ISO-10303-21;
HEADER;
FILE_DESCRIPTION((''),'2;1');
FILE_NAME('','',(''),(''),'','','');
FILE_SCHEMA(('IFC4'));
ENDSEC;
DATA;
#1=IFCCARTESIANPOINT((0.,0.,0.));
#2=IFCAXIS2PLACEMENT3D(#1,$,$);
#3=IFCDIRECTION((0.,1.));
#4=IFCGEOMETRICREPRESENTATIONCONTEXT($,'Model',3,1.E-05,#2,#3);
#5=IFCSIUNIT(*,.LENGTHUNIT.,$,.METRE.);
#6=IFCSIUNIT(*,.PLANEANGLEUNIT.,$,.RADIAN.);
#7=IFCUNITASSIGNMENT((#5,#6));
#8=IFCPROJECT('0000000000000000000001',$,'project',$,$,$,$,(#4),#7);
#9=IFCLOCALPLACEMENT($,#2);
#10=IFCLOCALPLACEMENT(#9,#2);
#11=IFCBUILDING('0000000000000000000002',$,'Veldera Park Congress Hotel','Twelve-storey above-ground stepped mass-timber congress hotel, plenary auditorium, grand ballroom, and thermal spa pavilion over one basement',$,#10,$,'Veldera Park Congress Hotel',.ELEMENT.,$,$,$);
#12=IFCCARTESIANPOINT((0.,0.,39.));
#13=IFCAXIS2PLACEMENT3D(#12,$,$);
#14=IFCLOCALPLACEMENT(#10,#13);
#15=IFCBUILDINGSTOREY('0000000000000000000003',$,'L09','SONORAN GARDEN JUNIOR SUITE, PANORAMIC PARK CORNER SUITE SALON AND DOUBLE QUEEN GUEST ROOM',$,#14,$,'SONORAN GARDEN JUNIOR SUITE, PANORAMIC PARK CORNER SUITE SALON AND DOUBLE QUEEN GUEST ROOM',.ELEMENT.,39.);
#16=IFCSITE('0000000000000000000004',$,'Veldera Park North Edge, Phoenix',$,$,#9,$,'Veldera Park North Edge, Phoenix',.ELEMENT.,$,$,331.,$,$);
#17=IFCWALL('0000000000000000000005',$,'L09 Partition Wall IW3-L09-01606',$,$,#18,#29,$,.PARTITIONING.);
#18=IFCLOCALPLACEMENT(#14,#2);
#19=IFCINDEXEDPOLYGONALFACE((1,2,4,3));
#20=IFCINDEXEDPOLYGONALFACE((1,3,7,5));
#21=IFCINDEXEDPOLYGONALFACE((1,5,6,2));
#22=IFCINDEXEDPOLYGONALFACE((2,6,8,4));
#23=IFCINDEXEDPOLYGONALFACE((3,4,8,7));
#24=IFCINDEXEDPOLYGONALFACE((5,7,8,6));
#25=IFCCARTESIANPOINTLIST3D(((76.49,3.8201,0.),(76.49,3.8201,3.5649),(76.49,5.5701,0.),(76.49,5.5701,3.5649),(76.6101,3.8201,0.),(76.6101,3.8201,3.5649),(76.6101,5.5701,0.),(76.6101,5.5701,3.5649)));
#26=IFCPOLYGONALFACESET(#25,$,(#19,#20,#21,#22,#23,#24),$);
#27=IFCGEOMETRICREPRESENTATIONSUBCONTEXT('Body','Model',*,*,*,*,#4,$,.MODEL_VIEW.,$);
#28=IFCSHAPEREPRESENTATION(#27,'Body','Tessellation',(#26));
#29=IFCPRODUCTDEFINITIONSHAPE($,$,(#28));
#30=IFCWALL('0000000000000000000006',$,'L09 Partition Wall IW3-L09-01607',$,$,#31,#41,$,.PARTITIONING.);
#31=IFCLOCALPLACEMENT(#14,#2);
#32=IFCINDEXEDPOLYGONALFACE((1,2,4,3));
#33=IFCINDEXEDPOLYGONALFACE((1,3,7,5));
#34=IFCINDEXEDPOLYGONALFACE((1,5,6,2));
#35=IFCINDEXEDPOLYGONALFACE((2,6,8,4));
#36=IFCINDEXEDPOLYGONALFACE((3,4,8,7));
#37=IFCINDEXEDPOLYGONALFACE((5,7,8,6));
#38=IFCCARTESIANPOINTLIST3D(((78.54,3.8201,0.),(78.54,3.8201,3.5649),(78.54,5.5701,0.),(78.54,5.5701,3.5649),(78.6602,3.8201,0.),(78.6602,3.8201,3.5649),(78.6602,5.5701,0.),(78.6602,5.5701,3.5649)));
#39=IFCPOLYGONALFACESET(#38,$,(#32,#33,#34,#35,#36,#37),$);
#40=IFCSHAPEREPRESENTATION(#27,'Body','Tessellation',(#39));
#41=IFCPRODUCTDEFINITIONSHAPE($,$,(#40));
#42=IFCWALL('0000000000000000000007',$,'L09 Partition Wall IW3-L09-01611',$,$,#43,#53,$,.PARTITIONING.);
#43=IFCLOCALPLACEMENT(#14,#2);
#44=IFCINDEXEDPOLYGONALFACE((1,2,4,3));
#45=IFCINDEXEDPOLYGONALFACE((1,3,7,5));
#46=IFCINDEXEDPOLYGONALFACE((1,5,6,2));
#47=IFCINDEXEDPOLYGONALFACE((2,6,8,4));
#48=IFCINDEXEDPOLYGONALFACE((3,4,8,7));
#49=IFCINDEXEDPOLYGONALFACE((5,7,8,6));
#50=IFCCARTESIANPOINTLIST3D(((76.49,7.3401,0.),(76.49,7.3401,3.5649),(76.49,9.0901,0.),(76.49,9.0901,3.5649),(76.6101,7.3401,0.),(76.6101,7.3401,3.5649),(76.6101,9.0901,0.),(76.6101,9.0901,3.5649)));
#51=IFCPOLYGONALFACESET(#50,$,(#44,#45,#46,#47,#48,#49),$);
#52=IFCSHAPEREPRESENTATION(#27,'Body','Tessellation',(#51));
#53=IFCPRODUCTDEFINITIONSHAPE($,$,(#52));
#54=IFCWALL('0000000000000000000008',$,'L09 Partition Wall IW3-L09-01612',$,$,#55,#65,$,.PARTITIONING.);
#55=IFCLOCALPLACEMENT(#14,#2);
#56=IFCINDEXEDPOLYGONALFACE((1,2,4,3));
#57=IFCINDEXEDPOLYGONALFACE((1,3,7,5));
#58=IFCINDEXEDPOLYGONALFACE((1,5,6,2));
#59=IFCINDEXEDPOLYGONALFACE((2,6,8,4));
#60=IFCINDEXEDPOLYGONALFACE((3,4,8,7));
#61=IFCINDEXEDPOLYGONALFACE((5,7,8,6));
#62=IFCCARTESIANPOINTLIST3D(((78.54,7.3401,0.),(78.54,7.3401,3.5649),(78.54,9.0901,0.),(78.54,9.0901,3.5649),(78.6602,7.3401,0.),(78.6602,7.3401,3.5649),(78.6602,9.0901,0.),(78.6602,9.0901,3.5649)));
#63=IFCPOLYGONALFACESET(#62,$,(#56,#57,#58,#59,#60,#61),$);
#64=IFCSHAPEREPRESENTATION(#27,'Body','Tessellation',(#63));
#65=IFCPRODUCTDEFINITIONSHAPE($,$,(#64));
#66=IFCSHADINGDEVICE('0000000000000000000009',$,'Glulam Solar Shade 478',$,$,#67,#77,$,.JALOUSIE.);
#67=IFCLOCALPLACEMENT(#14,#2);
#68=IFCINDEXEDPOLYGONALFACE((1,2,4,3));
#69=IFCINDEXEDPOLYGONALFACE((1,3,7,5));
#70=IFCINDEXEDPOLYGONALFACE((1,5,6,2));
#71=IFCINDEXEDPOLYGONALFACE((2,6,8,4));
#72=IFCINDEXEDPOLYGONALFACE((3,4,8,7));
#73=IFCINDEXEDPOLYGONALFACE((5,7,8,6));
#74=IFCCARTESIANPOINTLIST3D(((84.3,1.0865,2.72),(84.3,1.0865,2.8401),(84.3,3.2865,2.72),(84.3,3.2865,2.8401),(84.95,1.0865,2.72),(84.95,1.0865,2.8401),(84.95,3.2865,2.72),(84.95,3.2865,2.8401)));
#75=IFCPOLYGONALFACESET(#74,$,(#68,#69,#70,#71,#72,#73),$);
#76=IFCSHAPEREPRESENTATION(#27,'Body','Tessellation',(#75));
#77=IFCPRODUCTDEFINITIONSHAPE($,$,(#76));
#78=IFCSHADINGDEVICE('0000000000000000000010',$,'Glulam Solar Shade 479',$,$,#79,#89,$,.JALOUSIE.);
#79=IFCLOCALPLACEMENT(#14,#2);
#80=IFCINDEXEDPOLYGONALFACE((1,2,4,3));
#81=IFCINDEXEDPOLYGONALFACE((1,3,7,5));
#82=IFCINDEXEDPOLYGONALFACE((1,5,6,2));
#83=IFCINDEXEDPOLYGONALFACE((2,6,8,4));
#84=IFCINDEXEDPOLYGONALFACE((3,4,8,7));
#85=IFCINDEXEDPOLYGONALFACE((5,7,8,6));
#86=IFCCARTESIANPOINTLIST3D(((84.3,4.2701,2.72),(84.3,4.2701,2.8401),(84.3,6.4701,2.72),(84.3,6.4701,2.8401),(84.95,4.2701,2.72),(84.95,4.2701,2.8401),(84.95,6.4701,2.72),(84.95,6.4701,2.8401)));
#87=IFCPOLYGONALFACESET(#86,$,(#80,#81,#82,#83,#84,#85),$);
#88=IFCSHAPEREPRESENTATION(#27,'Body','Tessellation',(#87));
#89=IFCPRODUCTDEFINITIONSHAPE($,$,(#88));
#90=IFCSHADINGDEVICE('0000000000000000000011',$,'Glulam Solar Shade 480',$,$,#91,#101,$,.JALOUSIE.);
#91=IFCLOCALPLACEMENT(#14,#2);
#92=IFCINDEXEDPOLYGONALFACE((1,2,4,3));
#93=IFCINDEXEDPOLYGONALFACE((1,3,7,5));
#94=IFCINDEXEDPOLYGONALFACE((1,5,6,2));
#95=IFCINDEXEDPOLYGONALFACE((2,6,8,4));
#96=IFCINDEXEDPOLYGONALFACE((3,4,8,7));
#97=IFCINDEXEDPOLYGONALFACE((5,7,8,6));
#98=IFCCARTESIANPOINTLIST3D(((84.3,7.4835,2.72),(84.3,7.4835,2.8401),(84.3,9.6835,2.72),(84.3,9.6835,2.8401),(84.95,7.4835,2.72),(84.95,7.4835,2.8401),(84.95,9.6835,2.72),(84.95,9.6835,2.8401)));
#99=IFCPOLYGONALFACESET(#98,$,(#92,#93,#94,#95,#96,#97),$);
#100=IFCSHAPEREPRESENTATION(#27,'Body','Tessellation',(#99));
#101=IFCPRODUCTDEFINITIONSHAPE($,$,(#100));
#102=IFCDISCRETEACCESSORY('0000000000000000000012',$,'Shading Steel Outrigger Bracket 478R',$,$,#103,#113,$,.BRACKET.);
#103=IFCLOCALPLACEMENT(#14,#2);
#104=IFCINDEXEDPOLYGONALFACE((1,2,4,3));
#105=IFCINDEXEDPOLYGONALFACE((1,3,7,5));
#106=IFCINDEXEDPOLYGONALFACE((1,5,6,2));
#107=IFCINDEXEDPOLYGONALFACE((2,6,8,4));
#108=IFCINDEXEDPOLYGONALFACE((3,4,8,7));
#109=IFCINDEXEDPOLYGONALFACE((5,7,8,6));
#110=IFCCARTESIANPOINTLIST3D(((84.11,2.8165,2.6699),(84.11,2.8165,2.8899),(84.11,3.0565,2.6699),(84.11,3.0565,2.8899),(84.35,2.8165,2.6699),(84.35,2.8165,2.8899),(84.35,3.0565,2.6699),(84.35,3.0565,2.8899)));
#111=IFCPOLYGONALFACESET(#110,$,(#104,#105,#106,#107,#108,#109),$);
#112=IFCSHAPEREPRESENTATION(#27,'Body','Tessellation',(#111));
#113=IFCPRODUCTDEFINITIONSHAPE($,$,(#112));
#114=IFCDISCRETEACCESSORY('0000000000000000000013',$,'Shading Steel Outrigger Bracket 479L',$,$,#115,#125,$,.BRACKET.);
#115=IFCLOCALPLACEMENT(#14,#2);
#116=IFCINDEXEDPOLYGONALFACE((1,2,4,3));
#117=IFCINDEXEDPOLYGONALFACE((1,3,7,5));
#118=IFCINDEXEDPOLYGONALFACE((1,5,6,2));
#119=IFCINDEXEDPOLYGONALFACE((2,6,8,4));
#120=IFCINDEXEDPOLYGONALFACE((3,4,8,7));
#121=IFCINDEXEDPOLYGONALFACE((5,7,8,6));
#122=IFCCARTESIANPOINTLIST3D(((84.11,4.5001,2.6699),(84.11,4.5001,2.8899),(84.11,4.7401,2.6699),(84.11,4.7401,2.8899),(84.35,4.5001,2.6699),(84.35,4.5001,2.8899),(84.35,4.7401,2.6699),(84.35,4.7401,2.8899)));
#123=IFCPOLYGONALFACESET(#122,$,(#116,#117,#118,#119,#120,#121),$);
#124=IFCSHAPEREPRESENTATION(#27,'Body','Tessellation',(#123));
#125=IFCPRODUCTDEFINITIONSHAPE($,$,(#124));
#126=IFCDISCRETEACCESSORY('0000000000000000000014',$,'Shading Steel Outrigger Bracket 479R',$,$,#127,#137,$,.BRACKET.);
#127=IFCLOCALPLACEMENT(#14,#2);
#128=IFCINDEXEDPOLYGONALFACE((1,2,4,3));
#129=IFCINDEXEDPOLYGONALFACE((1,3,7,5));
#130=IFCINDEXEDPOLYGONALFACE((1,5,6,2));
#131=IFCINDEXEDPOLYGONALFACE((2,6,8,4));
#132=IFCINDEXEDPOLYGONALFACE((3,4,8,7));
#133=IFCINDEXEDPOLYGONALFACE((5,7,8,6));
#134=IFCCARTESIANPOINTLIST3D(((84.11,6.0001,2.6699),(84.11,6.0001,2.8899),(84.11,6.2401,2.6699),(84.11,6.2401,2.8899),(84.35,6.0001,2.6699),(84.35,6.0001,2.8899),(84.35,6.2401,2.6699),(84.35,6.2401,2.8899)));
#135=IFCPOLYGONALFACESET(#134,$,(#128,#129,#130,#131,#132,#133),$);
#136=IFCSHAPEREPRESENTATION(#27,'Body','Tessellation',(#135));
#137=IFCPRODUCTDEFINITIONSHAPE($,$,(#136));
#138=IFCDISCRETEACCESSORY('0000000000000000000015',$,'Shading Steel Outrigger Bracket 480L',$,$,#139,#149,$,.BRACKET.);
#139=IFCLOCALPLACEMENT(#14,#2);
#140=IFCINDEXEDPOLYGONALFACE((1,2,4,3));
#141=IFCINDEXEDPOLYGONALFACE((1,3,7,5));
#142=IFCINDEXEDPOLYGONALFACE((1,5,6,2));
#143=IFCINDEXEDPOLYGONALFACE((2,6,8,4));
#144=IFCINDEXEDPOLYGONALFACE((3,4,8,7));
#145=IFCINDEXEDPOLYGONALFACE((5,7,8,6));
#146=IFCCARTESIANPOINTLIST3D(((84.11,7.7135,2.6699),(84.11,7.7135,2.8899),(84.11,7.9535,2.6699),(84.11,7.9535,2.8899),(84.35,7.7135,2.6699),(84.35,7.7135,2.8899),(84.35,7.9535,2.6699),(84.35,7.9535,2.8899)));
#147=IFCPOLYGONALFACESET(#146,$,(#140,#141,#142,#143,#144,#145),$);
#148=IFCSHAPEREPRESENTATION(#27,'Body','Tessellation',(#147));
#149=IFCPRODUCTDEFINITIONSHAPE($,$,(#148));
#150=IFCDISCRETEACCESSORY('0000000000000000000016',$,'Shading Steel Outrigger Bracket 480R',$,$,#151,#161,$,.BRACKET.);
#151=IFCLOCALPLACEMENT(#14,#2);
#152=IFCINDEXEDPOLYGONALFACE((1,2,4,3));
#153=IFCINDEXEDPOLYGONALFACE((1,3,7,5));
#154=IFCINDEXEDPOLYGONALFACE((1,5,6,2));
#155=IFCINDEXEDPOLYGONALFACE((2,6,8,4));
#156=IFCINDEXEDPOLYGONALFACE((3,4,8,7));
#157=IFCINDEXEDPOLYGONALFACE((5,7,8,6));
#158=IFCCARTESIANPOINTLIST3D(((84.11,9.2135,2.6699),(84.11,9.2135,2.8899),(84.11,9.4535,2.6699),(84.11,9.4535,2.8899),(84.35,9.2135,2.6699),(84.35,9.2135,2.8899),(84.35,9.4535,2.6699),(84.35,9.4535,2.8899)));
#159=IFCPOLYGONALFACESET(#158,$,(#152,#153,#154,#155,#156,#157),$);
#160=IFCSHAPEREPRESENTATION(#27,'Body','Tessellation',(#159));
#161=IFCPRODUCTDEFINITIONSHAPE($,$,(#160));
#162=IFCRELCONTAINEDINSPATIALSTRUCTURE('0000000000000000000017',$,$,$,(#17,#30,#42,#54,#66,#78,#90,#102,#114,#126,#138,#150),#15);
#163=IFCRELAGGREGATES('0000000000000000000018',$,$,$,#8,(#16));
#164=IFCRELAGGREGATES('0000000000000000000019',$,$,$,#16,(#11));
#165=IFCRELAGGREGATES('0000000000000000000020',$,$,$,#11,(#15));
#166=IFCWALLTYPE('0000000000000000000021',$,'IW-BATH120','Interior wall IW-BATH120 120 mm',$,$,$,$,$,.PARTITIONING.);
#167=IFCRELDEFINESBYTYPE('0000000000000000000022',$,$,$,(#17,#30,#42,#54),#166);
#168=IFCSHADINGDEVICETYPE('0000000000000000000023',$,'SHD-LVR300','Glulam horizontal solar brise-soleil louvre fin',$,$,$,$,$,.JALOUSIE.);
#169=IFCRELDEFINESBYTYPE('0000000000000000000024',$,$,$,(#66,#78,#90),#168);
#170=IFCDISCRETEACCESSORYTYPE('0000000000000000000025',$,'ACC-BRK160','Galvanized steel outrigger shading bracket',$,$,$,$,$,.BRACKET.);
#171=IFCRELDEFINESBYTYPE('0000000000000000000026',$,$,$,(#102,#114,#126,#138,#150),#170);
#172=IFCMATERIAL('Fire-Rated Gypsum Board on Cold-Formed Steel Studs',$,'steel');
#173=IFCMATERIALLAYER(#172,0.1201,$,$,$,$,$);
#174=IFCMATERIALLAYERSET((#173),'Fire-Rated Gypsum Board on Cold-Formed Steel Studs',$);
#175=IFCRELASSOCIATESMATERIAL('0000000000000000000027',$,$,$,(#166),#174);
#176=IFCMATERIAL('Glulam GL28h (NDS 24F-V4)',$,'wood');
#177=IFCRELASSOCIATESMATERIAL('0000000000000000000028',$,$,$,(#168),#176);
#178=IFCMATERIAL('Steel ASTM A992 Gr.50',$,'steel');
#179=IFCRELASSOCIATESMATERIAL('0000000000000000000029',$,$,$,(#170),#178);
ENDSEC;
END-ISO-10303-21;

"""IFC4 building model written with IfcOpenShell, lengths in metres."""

from ifc_helpers import new_model, si_unit, direction, frame, frame_2d, origin, origin_2d, place, context, subcontext, project, spatial, rectangle, extrude, material, layer, layer_set, type_object, element, save


model = new_model("IFC4")

# Units and contexts
model_context = context("Model", 3, precision=1e-05, world=origin(), true_north=direction((0.0, 1.0)))
body_context = subcontext(model_context, "Body", "Model", "MODEL_VIEW")
ifc_project = project(units=[si_unit("LENGTHUNIT", "METRE"), si_unit("PLANEANGLEUNIT", "RADIAN")], contexts=[model_context])

# Site, building, storey
site_placement = place(None, origin())
site = spatial("IfcSite", under=ifc_project, at=site_placement, Name="Veldera Park North Edge, Phoenix", LongName="Veldera Park North Edge, Phoenix", CompositionType="ELEMENT", RefElevation=331.0)
building_placement = place(site_placement, origin())
building = spatial("IfcBuilding", under=site, at=building_placement, Name="Veldera Park Congress Hotel", Description="Twelve-storey above-ground stepped mass-timber congress hotel, plenary auditorium, grand ballroom, and thermal spa pavilion over one basement", LongName="Veldera Park Congress Hotel", CompositionType="ELEMENT")
storey_placement = place(building_placement, frame((0.0, 0.0, 39.0)))
storey = spatial("IfcBuildingStorey", under=building, at=storey_placement, Name="L09", Description="SONORAN GARDEN JUNIOR SUITE, PANORAMIC PARK CORNER SUITE SALON AND DOUBLE QUEEN GUEST ROOM", LongName="SONORAN GARDEN JUNIOR SUITE, PANORAMIC PARK CORNER SUITE SALON AND DOUBLE QUEEN GUEST ROOM", CompositionType="ELEMENT", Elevation=39.0)

# Shared definitions
ifc_material_1 = material(Name="Fire-Rated Gypsum Board on Cold-Formed Steel Studs", Category="steel")
ifc_layer = layer(ifc_material_1, 0.1201)
ifc_layer_set = layer_set([ifc_layer], Name="Fire-Rated Gypsum Board on Cold-Formed Steel Studs")
wall_type = type_object("IfcWallType", Name="IW-BATH120", Description="Interior wall IW-BATH120 120 mm", PredefinedType="PARTITIONING", material=ifc_layer_set)

# Walls
for number, where, z_axis, x_axis, name in (
    (1, (76.55, 3.8201, 0.0), (0.0, 0.0, 1.0), (0.0, 1.0, 0.0), "L09 Partition Wall IW3-L09-01606"),
    (2, (78.6001, 3.8201, 0.0), (0.0, 0.0, 1.0), (0.0, 1.0, 0.0), "L09 Partition Wall IW3-L09-01607"),
):
    element("IfcWall", number, at=place(storey_placement, frame(where, z_axis=z_axis, x_axis=x_axis)), inside=storey, type_object=wall_type, Name=name, PredefinedType="PARTITIONING", context=body_context, shape_type="SweptSolid", body=[
        extrude(rectangle(XDim=1.75, YDim=0.1201, at=frame_2d((0.875, 0.0))), origin(), (0.0, 0.0, 1.0), 3.5649),
    ])

# Walls
for number, where, z_axis, x_axis, name in (
    (3, (76.55, 7.3401, 0.0), (0.0, 0.0, 1.0), (0.0, 1.0, 0.0), "L09 Partition Wall IW3-L09-01611"),
    (4, (78.6001, 7.3401, 0.0), (0.0, 0.0, 1.0), (0.0, 1.0, 0.0), "L09 Partition Wall IW3-L09-01612"),
):
    element("IfcWall", number, at=place(storey_placement, frame(where, z_axis=z_axis, x_axis=x_axis)), inside=storey, type_object=wall_type, Name=name, PredefinedType="PARTITIONING", context=body_context, shape_type="SweptSolid", body=[
        extrude(rectangle(XDim=1.75, YDim=0.1201, at=frame_2d((0.875, 0.0))), origin(), (0.0, 0.0, 1.0), 3.5649),
    ])

# Shading devices
ifc_material_2 = material(Name="Glulam GL28h (NDS 24F-V4)", Category="wood")
shading_device_type = type_object("IfcShadingDeviceType", Name="SHD-LVR300", Description="Glulam horizontal solar brise-soleil louvre fin", PredefinedType="JALOUSIE", material=ifc_material_2)
for number, where, z_axis, x_axis, name in (
    (5, (84.625, 2.1865, 2.72), (0.0, 0.0, 1.0), (0.0, 1.0, 0.0), "Glulam Solar Shade 478"),
    (6, (84.625, 5.3701, 2.72), (0.0, 0.0, 1.0), (0.0, 1.0, 0.0), "Glulam Solar Shade 479"),
    (7, (84.625, 8.5835, 2.72), (0.0, 0.0, 1.0), (0.0, 1.0, 0.0), "Glulam Solar Shade 480"),
):
    element("IfcShadingDevice", number, at=place(storey_placement, frame(where, z_axis=z_axis, x_axis=x_axis)), inside=storey, type_object=shading_device_type, Name=name, PredefinedType="JALOUSIE", context=body_context, shape_type="SweptSolid", body=[
        extrude(rectangle(XDim=2.2, YDim=0.6499, at=origin_2d()), origin(), (0.0, 0.0, 1.0), 0.1201),
    ])

# Discrete accessories
ifc_material_3 = material(Name="Steel ASTM A992 Gr.50", Category="steel")
discrete_accessory_type = type_object("IfcDiscreteAccessoryType", Name="ACC-BRK160", Description="Galvanized steel outrigger shading bracket", PredefinedType="BRACKET", material=ifc_material_3)
for number, where, z_axis, x_axis, name in (
    (8, (84.23, 2.9365, 2.6699), (0.0, 0.0, 1.0), (0.0, 1.0, 0.0), "Shading Steel Outrigger Bracket 478R"),
    (9, (84.23, 4.6201, 2.6699), (0.0, 0.0, 1.0), (0.0, 1.0, 0.0), "Shading Steel Outrigger Bracket 479L"),
    (10, (84.23, 6.1201, 2.6699), (0.0, 0.0, 1.0), (0.0, 1.0, 0.0), "Shading Steel Outrigger Bracket 479R"),
    (11, (84.23, 7.8335, 2.6699), (0.0, 0.0, 1.0), (0.0, 1.0, 0.0), "Shading Steel Outrigger Bracket 480L"),
    (12, (84.23, 9.3335, 2.6699), (0.0, 0.0, 1.0), (0.0, 1.0, 0.0), "Shading Steel Outrigger Bracket 480R"),
):
    element("IfcDiscreteAccessory", number, at=place(storey_placement, frame(where, z_axis=z_axis, x_axis=x_axis)), inside=storey, type_object=discrete_accessory_type, Name=name, PredefinedType="BRACKET", context=body_context, shape_type="SweptSolid", body=[
        extrude(rectangle(XDim=0.24, YDim=0.24, at=origin_2d()), origin(), (0.0, 0.0, 1.0), 0.22),
    ])

save(model, "model.ifc")
